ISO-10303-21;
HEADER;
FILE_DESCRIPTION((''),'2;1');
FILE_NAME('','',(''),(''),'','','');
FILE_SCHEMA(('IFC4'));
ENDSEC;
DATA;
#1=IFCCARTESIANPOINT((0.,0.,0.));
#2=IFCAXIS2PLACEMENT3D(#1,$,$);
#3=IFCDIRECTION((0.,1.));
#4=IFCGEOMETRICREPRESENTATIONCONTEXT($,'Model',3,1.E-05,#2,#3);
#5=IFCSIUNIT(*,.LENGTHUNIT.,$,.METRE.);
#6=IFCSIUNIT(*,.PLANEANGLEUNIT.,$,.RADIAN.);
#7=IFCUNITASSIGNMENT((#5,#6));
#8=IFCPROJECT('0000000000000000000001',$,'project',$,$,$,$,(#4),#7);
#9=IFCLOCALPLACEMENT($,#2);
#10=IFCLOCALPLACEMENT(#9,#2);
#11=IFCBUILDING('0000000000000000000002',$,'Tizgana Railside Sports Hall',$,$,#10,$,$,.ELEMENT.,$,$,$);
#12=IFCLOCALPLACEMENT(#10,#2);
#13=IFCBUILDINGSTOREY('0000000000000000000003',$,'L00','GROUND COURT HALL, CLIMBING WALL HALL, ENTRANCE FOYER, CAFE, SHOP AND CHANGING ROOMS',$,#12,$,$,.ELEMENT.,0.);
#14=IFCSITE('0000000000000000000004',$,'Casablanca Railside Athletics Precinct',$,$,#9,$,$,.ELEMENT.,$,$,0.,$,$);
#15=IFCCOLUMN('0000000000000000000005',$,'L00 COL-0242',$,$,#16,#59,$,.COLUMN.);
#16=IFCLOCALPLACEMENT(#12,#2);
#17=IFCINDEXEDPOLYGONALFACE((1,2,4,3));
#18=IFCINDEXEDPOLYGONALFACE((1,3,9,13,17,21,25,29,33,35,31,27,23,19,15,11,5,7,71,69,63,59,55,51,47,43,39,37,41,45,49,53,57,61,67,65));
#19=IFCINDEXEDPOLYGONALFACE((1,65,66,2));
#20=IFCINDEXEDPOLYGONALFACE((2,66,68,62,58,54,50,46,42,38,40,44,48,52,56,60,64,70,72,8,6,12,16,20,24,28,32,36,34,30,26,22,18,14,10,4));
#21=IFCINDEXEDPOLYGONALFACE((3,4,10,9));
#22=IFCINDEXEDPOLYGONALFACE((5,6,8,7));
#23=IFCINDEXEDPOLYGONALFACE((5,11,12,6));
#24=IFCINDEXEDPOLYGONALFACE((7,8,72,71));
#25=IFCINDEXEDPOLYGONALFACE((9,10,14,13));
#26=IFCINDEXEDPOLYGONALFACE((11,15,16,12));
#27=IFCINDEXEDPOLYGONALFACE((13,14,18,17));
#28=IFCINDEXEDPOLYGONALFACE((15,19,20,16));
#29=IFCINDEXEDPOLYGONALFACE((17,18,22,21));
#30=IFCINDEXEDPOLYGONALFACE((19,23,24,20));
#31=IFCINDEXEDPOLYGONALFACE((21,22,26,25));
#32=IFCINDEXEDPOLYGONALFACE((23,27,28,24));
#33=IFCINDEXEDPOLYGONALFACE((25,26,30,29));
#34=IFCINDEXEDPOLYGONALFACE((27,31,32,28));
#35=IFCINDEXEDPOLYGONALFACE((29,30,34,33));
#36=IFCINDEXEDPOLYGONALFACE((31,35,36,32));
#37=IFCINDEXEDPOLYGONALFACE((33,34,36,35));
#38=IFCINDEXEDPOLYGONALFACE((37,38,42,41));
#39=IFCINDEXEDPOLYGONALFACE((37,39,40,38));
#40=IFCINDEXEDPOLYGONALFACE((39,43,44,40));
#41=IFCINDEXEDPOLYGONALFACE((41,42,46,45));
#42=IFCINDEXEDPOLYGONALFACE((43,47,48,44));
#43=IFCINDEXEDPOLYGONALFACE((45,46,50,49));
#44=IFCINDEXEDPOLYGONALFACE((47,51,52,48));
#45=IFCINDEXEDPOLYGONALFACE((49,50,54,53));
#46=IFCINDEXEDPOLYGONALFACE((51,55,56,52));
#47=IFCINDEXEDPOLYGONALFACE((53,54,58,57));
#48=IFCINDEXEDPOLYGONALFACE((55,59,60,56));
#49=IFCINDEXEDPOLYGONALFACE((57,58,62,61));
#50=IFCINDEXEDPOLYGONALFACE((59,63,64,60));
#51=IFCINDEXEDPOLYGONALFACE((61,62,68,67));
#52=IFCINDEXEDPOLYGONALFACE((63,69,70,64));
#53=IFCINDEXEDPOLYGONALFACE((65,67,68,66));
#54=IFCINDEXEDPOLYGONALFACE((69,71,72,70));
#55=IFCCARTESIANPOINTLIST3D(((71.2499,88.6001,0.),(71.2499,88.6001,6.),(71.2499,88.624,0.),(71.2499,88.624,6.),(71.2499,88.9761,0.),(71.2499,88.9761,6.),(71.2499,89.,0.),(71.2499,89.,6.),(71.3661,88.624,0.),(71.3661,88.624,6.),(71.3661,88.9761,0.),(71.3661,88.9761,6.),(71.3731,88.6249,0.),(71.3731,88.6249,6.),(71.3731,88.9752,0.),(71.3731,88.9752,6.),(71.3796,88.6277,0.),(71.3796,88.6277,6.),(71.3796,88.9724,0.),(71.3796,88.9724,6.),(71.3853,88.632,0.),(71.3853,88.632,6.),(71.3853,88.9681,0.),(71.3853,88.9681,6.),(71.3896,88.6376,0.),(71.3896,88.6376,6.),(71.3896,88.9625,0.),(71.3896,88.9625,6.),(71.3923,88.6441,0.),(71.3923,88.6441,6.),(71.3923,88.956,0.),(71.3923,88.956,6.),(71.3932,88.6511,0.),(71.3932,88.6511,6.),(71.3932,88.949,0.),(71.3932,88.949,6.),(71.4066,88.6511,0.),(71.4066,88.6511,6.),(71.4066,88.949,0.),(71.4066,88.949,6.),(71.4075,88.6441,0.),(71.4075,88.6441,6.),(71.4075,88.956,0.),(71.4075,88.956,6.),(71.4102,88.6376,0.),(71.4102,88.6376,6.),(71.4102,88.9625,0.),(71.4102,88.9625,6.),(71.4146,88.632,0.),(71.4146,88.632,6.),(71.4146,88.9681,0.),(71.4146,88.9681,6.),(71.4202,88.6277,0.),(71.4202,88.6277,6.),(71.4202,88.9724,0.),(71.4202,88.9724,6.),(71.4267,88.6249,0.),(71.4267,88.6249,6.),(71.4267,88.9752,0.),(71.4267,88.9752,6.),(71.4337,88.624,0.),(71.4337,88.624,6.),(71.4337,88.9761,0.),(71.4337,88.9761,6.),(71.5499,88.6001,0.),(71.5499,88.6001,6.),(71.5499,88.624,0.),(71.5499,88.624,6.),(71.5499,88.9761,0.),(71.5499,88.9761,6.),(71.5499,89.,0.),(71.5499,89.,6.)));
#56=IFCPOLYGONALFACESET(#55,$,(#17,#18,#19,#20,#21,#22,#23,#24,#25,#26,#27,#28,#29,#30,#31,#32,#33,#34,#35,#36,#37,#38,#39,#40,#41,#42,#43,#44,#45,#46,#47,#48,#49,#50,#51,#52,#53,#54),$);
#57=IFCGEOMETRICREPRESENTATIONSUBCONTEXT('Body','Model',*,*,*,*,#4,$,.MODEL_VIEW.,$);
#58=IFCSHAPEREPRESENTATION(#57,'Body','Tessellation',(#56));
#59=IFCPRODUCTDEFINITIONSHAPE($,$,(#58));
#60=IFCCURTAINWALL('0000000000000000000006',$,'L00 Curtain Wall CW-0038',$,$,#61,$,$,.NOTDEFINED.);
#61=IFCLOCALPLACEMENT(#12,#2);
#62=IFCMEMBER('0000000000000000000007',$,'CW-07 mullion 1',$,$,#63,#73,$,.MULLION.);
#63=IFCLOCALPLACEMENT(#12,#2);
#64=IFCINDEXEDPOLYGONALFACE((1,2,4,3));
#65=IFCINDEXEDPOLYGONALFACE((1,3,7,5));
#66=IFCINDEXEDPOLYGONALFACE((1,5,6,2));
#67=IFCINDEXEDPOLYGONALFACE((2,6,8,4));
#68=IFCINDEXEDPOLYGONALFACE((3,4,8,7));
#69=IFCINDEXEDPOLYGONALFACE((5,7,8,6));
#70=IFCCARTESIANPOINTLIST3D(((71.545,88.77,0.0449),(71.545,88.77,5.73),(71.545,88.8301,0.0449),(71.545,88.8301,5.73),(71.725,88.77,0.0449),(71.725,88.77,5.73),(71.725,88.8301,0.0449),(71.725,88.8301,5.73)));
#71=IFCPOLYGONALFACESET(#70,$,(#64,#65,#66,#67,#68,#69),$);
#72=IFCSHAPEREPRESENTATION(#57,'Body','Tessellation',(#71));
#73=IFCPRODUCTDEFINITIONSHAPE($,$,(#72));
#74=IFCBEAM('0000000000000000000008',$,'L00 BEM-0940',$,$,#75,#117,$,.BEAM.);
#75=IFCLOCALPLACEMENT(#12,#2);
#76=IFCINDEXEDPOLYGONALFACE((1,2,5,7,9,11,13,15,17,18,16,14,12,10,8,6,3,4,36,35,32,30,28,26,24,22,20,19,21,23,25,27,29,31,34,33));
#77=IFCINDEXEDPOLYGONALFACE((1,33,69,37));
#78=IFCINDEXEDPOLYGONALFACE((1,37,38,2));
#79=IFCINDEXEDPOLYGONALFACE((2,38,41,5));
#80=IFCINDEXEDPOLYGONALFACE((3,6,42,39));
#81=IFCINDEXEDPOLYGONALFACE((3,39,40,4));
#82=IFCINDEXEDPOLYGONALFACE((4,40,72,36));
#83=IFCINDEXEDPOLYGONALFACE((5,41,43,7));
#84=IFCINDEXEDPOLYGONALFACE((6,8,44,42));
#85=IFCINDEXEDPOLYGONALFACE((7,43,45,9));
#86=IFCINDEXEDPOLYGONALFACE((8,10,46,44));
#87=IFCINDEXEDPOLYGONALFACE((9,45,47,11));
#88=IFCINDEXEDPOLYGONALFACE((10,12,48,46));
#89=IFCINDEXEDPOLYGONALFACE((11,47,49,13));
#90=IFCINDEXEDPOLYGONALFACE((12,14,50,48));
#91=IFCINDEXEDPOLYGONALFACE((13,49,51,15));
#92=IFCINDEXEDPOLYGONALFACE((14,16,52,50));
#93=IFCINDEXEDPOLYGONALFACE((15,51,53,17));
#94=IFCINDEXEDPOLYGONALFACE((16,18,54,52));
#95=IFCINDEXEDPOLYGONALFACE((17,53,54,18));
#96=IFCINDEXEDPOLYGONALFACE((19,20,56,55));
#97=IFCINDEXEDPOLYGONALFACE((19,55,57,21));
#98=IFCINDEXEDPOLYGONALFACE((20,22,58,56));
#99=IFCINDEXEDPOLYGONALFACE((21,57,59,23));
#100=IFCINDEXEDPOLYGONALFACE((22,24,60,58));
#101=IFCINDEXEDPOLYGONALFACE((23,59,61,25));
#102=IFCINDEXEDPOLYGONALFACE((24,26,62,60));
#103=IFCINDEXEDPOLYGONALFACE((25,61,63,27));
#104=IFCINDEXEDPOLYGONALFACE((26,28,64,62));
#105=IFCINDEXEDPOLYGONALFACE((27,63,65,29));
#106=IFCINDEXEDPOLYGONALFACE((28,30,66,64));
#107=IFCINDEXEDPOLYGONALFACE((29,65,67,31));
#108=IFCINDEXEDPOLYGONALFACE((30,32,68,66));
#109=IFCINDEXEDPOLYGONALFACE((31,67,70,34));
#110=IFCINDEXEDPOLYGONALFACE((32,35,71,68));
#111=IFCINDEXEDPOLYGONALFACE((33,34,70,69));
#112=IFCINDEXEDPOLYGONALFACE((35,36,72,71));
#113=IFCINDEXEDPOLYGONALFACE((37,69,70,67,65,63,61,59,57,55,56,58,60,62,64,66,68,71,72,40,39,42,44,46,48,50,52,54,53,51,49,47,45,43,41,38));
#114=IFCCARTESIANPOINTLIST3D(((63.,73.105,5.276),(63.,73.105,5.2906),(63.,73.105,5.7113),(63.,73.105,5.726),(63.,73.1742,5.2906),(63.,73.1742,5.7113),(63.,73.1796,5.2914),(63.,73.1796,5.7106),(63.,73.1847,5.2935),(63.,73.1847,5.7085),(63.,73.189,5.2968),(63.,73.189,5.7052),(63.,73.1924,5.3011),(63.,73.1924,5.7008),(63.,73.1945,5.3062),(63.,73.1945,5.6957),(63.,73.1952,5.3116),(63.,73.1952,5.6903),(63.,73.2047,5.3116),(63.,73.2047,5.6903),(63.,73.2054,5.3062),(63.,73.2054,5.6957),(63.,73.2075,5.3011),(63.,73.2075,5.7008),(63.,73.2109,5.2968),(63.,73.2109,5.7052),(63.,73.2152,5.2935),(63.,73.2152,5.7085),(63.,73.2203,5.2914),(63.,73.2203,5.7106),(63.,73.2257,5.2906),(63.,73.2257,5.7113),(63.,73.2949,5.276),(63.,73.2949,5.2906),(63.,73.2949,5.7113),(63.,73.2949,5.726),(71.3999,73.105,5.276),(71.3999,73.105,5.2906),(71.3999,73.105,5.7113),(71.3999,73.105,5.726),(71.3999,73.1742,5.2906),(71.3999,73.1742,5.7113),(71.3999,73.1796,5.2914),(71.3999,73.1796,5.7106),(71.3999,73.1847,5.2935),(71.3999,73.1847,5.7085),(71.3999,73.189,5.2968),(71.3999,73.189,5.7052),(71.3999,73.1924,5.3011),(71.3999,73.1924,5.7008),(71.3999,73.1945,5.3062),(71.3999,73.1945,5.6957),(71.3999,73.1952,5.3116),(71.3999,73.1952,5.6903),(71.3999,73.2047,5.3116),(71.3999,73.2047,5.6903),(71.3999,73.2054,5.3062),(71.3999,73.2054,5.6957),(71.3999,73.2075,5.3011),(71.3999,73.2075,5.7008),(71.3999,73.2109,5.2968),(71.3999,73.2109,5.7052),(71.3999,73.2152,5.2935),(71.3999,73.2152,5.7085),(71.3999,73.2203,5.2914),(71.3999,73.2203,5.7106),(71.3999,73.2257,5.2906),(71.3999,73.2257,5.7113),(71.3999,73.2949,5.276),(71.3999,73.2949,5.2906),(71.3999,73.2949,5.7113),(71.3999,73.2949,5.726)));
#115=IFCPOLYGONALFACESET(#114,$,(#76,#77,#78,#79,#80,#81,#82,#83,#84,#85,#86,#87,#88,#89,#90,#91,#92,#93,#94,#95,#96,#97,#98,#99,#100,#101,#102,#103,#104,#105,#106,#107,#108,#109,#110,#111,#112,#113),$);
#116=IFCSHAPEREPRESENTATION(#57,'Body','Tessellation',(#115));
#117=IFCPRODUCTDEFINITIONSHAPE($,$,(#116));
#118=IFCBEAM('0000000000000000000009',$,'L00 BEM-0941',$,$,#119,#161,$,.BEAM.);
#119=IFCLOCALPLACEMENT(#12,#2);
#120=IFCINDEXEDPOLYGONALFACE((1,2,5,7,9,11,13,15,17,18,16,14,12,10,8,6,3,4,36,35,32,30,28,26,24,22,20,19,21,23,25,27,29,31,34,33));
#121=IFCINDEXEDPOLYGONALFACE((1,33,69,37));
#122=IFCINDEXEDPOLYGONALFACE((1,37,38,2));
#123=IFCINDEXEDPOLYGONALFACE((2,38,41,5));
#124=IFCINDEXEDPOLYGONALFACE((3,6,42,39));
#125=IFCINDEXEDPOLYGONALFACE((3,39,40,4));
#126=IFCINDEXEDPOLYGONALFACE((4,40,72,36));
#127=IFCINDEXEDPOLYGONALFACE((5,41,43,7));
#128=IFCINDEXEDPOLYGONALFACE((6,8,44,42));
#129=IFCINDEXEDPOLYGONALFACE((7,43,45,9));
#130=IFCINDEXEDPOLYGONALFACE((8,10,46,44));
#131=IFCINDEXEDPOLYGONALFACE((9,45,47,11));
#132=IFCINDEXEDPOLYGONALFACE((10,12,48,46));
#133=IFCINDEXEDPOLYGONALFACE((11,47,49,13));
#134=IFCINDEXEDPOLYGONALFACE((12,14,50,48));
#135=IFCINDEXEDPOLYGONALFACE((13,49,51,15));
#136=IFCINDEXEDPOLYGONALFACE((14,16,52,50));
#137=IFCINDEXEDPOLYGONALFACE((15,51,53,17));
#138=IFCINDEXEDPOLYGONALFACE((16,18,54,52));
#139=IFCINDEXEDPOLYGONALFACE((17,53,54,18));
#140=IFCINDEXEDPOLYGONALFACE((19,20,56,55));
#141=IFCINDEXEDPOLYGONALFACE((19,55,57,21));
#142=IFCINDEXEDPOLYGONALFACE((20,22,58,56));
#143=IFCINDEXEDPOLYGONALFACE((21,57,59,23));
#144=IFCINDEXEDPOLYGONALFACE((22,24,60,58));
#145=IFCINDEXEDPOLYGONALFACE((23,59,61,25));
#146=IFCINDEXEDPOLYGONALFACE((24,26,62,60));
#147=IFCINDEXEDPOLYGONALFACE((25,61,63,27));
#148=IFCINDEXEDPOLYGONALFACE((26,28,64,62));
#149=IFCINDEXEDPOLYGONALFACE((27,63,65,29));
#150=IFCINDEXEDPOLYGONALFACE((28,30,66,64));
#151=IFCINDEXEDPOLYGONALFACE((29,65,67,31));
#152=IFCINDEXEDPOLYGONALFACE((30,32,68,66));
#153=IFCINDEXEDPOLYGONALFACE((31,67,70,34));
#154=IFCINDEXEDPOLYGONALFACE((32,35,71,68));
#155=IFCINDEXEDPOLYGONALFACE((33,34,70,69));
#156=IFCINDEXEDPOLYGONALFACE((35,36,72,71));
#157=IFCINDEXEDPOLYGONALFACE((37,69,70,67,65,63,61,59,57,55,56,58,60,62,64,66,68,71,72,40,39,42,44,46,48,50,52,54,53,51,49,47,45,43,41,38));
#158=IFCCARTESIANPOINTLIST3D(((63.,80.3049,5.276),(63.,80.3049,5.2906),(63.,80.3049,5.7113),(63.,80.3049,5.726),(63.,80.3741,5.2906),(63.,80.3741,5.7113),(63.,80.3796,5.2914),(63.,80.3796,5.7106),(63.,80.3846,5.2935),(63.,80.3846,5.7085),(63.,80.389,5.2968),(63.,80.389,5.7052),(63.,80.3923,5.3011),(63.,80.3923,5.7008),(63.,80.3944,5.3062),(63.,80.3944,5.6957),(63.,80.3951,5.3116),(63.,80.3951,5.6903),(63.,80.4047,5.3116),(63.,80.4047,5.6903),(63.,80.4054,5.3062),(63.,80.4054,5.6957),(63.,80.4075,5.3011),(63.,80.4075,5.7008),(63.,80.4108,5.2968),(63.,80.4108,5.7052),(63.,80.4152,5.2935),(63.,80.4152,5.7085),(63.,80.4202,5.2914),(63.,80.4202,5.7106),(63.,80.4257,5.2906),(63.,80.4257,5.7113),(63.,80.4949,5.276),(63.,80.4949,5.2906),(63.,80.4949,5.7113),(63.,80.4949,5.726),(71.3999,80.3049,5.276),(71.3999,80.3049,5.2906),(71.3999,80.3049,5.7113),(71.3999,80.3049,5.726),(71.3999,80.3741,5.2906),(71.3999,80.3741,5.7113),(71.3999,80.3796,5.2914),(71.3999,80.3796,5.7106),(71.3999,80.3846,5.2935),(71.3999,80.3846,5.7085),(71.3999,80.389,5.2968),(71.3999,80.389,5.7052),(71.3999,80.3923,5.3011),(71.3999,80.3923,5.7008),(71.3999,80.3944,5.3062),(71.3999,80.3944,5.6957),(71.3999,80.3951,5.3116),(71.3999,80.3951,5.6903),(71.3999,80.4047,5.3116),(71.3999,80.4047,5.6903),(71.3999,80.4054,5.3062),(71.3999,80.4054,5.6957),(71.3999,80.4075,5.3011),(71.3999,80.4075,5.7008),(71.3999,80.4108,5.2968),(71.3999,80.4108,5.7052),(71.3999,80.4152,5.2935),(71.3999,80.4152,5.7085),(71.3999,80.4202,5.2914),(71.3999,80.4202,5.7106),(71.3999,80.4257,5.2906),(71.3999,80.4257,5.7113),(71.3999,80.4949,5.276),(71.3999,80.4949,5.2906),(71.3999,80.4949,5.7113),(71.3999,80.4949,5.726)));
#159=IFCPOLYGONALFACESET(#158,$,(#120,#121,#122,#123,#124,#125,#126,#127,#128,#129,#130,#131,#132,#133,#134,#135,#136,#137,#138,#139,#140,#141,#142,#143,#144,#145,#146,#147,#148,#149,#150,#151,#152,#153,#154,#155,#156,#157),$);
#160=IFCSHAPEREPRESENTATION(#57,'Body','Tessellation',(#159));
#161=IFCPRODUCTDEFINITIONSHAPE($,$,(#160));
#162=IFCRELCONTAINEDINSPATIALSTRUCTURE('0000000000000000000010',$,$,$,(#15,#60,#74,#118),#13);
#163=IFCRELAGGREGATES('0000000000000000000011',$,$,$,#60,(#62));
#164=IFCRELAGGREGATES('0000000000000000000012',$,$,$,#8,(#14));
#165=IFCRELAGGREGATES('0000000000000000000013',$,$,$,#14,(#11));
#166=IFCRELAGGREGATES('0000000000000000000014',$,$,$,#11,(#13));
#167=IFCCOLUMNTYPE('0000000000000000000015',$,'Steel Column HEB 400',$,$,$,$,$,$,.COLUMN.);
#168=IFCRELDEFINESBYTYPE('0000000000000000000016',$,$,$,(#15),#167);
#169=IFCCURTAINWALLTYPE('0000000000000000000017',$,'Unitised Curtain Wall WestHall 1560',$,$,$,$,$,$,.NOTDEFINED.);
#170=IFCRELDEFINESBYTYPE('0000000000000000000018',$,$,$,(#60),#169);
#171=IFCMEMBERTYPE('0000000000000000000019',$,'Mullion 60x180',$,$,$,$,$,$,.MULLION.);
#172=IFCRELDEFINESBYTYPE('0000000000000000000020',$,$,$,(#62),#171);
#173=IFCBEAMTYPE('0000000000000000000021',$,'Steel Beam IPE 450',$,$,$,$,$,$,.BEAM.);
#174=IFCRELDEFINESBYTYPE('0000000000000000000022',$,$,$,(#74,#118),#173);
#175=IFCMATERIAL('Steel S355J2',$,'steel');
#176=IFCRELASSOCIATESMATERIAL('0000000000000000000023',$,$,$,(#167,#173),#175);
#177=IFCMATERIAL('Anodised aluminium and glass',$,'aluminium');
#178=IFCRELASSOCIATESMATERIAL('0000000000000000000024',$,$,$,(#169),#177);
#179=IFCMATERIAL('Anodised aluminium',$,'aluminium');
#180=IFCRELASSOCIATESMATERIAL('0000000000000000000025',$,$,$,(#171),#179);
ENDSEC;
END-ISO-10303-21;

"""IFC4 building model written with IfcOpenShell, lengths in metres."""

from ifc_helpers import new_model, si_unit, direction, frame, origin, origin_2d, place, context, subcontext, project, spatial, rectangle, i_section, extrude, material, material_profile, profile_set, type_object, element, aggregate, save


model = new_model("IFC4")

# Units and contexts
model_context = context("Model", 3, precision=1e-05, world=origin(), true_north=direction((0.0, 1.0)))
body_context = subcontext(model_context, "Body", "Model", "MODEL_VIEW")
ifc_project = project(units=[si_unit("LENGTHUNIT", "METRE"), si_unit("PLANEANGLEUNIT", "RADIAN")], contexts=[model_context])

# Site, building, storey
site_placement = place(None, origin())
site = spatial("IfcSite", under=ifc_project, at=site_placement, Name="Casablanca Railside Athletics Precinct", CompositionType="ELEMENT", RefElevation=0.0)
building_placement = place(site_placement, origin())
building = spatial("IfcBuilding", under=site, at=building_placement, Name="Tizgana Railside Sports Hall", CompositionType="ELEMENT")
storey_placement = place(building_placement, origin())
storey = spatial("IfcBuildingStorey", under=building, at=storey_placement, Name="L00", Description="GROUND COURT HALL, CLIMBING WALL HALL, ENTRANCE FOYER, CAFE, SHOP AND CHANGING ROOMS", CompositionType="ELEMENT", Elevation=0.0)

# Column
ifc_material_1 = material(Name="Steel S355J2", Category="steel")
ifc_material_profile_1 = material_profile(ifc_material_1, i_section(OverallWidth=0.3, OverallDepth=0.3999, WebThickness=0.0134, FlangeThickness=0.0239, FilletRadius=0.0271, at=origin_2d()), Name="HEB 400")
ifc_profile_set_1 = profile_set([ifc_material_profile_1], Name="Steel S355J2")
column_type = type_object("IfcColumnType", Name="Steel Column HEB 400", PredefinedType="COLUMN", material=ifc_profile_set_1)
for number, where, z_axis, x_axis, name in (
    (1, (71.3999, 88.8, 0.0), (0.0, 0.0, 1.0), (1.0, 0.0, 0.0), "L00 COL-0242"),
):
    element("IfcColumn", number, at=place(storey_placement, frame(where, z_axis=z_axis, x_axis=x_axis)), inside=storey, type_object=column_type, Name=name, PredefinedType="COLUMN", context=body_context, shape_type="SweptSolid", body=[
        extrude(i_section(OverallWidth=0.3, OverallDepth=0.3999, WebThickness=0.0134, FlangeThickness=0.0239, FilletRadius=0.0271, at=origin_2d()), origin(), (0.0, 0.0, 1.0), 6.0),
    ])

# Curtain wall, member
ifc_material_2 = material(Name="Anodised aluminium and glass", Category="aluminium")
curtain_wall_type = type_object("IfcCurtainWallType", Name="Unitised Curtain Wall WestHall 1560", PredefinedType="NOTDEFINED", material=ifc_material_2)
curtain_wall_placement = place(storey_placement, origin())
curtain_wall = element("IfcCurtainWall", 2, at=curtain_wall_placement, inside=storey, type_object=curtain_wall_type, Name="L00 Curtain Wall CW-0038", PredefinedType="NOTDEFINED")
ifc_material_3 = material(Name="Anodised aluminium", Category="aluminium")
ifc_material_profile_2 = material_profile(ifc_material_3, rectangle(XDim=0.0601, YDim=0.1799, at=origin_2d()), Name="Mullion 60x180")
ifc_profile_set_2 = profile_set([ifc_material_profile_2], Name="Anodised aluminium")
member_type_1 = type_object("IfcMemberType", Name="Mullion 60x180", PredefinedType="MULLION", material=ifc_profile_set_2)
member_1_placement = place(storey_placement, frame((71.635, 88.8, 0.0449), z_axis=(0.0, 0.0, 1.0), x_axis=(0.0, 1.0, 0.0)))
member_1 = element("IfcMember", 3, at=member_1_placement, type_object=member_type_1, Name="CW-07 mullion 1", PredefinedType="MULLION", context=body_context, shape_type="SweptSolid", body=[
    extrude(rectangle(XDim=0.0601, YDim=0.1799, at=origin_2d()), origin(), (0.0, 0.0, 1.0), 5.6851),
])

# Beams
ifc_material_profile_3 = material_profile(ifc_material_1, i_section(OverallWidth=0.1899, OverallDepth=0.45, WebThickness=0.0095, FlangeThickness=0.0146, FilletRadius=0.021, at=origin_2d()), Name="IPE 450")
ifc_profile_set_3 = profile_set([ifc_material_profile_3], Name="Steel S355J2")
beam_type_1 = type_object("IfcBeamType", Name="Steel Beam IPE 450", PredefinedType="BEAM", material=ifc_profile_set_3)
for number, where, z_axis, x_axis, name in (
    (4, (63.0, 73.2, 5.501), (1.0, 0.0, 0.0), (0.0, 1.0, 0.0), "L00 BEM-0940"),
    (5, (63.0, 80.3999, 5.501), (1.0, 0.0, 0.0), (0.0, 1.0, 0.0), "L00 BEM-0941"),
):
    element("IfcBeam", number, at=place(storey_placement, frame(where, z_axis=z_axis, x_axis=x_axis)), inside=storey, type_object=beam_type_1, Name=name, PredefinedType="BEAM", context=body_context, shape_type="SweptSolid", body=[
        extrude(i_section(OverallWidth=0.1899, OverallDepth=0.45, WebThickness=0.0095, FlangeThickness=0.0146, FilletRadius=0.021, at=origin_2d()), origin(), (0.0, 0.0, 1.0), 8.3999),
    ])

aggregate(curtain_wall, [member_1])

save(model, "model.ifc")
